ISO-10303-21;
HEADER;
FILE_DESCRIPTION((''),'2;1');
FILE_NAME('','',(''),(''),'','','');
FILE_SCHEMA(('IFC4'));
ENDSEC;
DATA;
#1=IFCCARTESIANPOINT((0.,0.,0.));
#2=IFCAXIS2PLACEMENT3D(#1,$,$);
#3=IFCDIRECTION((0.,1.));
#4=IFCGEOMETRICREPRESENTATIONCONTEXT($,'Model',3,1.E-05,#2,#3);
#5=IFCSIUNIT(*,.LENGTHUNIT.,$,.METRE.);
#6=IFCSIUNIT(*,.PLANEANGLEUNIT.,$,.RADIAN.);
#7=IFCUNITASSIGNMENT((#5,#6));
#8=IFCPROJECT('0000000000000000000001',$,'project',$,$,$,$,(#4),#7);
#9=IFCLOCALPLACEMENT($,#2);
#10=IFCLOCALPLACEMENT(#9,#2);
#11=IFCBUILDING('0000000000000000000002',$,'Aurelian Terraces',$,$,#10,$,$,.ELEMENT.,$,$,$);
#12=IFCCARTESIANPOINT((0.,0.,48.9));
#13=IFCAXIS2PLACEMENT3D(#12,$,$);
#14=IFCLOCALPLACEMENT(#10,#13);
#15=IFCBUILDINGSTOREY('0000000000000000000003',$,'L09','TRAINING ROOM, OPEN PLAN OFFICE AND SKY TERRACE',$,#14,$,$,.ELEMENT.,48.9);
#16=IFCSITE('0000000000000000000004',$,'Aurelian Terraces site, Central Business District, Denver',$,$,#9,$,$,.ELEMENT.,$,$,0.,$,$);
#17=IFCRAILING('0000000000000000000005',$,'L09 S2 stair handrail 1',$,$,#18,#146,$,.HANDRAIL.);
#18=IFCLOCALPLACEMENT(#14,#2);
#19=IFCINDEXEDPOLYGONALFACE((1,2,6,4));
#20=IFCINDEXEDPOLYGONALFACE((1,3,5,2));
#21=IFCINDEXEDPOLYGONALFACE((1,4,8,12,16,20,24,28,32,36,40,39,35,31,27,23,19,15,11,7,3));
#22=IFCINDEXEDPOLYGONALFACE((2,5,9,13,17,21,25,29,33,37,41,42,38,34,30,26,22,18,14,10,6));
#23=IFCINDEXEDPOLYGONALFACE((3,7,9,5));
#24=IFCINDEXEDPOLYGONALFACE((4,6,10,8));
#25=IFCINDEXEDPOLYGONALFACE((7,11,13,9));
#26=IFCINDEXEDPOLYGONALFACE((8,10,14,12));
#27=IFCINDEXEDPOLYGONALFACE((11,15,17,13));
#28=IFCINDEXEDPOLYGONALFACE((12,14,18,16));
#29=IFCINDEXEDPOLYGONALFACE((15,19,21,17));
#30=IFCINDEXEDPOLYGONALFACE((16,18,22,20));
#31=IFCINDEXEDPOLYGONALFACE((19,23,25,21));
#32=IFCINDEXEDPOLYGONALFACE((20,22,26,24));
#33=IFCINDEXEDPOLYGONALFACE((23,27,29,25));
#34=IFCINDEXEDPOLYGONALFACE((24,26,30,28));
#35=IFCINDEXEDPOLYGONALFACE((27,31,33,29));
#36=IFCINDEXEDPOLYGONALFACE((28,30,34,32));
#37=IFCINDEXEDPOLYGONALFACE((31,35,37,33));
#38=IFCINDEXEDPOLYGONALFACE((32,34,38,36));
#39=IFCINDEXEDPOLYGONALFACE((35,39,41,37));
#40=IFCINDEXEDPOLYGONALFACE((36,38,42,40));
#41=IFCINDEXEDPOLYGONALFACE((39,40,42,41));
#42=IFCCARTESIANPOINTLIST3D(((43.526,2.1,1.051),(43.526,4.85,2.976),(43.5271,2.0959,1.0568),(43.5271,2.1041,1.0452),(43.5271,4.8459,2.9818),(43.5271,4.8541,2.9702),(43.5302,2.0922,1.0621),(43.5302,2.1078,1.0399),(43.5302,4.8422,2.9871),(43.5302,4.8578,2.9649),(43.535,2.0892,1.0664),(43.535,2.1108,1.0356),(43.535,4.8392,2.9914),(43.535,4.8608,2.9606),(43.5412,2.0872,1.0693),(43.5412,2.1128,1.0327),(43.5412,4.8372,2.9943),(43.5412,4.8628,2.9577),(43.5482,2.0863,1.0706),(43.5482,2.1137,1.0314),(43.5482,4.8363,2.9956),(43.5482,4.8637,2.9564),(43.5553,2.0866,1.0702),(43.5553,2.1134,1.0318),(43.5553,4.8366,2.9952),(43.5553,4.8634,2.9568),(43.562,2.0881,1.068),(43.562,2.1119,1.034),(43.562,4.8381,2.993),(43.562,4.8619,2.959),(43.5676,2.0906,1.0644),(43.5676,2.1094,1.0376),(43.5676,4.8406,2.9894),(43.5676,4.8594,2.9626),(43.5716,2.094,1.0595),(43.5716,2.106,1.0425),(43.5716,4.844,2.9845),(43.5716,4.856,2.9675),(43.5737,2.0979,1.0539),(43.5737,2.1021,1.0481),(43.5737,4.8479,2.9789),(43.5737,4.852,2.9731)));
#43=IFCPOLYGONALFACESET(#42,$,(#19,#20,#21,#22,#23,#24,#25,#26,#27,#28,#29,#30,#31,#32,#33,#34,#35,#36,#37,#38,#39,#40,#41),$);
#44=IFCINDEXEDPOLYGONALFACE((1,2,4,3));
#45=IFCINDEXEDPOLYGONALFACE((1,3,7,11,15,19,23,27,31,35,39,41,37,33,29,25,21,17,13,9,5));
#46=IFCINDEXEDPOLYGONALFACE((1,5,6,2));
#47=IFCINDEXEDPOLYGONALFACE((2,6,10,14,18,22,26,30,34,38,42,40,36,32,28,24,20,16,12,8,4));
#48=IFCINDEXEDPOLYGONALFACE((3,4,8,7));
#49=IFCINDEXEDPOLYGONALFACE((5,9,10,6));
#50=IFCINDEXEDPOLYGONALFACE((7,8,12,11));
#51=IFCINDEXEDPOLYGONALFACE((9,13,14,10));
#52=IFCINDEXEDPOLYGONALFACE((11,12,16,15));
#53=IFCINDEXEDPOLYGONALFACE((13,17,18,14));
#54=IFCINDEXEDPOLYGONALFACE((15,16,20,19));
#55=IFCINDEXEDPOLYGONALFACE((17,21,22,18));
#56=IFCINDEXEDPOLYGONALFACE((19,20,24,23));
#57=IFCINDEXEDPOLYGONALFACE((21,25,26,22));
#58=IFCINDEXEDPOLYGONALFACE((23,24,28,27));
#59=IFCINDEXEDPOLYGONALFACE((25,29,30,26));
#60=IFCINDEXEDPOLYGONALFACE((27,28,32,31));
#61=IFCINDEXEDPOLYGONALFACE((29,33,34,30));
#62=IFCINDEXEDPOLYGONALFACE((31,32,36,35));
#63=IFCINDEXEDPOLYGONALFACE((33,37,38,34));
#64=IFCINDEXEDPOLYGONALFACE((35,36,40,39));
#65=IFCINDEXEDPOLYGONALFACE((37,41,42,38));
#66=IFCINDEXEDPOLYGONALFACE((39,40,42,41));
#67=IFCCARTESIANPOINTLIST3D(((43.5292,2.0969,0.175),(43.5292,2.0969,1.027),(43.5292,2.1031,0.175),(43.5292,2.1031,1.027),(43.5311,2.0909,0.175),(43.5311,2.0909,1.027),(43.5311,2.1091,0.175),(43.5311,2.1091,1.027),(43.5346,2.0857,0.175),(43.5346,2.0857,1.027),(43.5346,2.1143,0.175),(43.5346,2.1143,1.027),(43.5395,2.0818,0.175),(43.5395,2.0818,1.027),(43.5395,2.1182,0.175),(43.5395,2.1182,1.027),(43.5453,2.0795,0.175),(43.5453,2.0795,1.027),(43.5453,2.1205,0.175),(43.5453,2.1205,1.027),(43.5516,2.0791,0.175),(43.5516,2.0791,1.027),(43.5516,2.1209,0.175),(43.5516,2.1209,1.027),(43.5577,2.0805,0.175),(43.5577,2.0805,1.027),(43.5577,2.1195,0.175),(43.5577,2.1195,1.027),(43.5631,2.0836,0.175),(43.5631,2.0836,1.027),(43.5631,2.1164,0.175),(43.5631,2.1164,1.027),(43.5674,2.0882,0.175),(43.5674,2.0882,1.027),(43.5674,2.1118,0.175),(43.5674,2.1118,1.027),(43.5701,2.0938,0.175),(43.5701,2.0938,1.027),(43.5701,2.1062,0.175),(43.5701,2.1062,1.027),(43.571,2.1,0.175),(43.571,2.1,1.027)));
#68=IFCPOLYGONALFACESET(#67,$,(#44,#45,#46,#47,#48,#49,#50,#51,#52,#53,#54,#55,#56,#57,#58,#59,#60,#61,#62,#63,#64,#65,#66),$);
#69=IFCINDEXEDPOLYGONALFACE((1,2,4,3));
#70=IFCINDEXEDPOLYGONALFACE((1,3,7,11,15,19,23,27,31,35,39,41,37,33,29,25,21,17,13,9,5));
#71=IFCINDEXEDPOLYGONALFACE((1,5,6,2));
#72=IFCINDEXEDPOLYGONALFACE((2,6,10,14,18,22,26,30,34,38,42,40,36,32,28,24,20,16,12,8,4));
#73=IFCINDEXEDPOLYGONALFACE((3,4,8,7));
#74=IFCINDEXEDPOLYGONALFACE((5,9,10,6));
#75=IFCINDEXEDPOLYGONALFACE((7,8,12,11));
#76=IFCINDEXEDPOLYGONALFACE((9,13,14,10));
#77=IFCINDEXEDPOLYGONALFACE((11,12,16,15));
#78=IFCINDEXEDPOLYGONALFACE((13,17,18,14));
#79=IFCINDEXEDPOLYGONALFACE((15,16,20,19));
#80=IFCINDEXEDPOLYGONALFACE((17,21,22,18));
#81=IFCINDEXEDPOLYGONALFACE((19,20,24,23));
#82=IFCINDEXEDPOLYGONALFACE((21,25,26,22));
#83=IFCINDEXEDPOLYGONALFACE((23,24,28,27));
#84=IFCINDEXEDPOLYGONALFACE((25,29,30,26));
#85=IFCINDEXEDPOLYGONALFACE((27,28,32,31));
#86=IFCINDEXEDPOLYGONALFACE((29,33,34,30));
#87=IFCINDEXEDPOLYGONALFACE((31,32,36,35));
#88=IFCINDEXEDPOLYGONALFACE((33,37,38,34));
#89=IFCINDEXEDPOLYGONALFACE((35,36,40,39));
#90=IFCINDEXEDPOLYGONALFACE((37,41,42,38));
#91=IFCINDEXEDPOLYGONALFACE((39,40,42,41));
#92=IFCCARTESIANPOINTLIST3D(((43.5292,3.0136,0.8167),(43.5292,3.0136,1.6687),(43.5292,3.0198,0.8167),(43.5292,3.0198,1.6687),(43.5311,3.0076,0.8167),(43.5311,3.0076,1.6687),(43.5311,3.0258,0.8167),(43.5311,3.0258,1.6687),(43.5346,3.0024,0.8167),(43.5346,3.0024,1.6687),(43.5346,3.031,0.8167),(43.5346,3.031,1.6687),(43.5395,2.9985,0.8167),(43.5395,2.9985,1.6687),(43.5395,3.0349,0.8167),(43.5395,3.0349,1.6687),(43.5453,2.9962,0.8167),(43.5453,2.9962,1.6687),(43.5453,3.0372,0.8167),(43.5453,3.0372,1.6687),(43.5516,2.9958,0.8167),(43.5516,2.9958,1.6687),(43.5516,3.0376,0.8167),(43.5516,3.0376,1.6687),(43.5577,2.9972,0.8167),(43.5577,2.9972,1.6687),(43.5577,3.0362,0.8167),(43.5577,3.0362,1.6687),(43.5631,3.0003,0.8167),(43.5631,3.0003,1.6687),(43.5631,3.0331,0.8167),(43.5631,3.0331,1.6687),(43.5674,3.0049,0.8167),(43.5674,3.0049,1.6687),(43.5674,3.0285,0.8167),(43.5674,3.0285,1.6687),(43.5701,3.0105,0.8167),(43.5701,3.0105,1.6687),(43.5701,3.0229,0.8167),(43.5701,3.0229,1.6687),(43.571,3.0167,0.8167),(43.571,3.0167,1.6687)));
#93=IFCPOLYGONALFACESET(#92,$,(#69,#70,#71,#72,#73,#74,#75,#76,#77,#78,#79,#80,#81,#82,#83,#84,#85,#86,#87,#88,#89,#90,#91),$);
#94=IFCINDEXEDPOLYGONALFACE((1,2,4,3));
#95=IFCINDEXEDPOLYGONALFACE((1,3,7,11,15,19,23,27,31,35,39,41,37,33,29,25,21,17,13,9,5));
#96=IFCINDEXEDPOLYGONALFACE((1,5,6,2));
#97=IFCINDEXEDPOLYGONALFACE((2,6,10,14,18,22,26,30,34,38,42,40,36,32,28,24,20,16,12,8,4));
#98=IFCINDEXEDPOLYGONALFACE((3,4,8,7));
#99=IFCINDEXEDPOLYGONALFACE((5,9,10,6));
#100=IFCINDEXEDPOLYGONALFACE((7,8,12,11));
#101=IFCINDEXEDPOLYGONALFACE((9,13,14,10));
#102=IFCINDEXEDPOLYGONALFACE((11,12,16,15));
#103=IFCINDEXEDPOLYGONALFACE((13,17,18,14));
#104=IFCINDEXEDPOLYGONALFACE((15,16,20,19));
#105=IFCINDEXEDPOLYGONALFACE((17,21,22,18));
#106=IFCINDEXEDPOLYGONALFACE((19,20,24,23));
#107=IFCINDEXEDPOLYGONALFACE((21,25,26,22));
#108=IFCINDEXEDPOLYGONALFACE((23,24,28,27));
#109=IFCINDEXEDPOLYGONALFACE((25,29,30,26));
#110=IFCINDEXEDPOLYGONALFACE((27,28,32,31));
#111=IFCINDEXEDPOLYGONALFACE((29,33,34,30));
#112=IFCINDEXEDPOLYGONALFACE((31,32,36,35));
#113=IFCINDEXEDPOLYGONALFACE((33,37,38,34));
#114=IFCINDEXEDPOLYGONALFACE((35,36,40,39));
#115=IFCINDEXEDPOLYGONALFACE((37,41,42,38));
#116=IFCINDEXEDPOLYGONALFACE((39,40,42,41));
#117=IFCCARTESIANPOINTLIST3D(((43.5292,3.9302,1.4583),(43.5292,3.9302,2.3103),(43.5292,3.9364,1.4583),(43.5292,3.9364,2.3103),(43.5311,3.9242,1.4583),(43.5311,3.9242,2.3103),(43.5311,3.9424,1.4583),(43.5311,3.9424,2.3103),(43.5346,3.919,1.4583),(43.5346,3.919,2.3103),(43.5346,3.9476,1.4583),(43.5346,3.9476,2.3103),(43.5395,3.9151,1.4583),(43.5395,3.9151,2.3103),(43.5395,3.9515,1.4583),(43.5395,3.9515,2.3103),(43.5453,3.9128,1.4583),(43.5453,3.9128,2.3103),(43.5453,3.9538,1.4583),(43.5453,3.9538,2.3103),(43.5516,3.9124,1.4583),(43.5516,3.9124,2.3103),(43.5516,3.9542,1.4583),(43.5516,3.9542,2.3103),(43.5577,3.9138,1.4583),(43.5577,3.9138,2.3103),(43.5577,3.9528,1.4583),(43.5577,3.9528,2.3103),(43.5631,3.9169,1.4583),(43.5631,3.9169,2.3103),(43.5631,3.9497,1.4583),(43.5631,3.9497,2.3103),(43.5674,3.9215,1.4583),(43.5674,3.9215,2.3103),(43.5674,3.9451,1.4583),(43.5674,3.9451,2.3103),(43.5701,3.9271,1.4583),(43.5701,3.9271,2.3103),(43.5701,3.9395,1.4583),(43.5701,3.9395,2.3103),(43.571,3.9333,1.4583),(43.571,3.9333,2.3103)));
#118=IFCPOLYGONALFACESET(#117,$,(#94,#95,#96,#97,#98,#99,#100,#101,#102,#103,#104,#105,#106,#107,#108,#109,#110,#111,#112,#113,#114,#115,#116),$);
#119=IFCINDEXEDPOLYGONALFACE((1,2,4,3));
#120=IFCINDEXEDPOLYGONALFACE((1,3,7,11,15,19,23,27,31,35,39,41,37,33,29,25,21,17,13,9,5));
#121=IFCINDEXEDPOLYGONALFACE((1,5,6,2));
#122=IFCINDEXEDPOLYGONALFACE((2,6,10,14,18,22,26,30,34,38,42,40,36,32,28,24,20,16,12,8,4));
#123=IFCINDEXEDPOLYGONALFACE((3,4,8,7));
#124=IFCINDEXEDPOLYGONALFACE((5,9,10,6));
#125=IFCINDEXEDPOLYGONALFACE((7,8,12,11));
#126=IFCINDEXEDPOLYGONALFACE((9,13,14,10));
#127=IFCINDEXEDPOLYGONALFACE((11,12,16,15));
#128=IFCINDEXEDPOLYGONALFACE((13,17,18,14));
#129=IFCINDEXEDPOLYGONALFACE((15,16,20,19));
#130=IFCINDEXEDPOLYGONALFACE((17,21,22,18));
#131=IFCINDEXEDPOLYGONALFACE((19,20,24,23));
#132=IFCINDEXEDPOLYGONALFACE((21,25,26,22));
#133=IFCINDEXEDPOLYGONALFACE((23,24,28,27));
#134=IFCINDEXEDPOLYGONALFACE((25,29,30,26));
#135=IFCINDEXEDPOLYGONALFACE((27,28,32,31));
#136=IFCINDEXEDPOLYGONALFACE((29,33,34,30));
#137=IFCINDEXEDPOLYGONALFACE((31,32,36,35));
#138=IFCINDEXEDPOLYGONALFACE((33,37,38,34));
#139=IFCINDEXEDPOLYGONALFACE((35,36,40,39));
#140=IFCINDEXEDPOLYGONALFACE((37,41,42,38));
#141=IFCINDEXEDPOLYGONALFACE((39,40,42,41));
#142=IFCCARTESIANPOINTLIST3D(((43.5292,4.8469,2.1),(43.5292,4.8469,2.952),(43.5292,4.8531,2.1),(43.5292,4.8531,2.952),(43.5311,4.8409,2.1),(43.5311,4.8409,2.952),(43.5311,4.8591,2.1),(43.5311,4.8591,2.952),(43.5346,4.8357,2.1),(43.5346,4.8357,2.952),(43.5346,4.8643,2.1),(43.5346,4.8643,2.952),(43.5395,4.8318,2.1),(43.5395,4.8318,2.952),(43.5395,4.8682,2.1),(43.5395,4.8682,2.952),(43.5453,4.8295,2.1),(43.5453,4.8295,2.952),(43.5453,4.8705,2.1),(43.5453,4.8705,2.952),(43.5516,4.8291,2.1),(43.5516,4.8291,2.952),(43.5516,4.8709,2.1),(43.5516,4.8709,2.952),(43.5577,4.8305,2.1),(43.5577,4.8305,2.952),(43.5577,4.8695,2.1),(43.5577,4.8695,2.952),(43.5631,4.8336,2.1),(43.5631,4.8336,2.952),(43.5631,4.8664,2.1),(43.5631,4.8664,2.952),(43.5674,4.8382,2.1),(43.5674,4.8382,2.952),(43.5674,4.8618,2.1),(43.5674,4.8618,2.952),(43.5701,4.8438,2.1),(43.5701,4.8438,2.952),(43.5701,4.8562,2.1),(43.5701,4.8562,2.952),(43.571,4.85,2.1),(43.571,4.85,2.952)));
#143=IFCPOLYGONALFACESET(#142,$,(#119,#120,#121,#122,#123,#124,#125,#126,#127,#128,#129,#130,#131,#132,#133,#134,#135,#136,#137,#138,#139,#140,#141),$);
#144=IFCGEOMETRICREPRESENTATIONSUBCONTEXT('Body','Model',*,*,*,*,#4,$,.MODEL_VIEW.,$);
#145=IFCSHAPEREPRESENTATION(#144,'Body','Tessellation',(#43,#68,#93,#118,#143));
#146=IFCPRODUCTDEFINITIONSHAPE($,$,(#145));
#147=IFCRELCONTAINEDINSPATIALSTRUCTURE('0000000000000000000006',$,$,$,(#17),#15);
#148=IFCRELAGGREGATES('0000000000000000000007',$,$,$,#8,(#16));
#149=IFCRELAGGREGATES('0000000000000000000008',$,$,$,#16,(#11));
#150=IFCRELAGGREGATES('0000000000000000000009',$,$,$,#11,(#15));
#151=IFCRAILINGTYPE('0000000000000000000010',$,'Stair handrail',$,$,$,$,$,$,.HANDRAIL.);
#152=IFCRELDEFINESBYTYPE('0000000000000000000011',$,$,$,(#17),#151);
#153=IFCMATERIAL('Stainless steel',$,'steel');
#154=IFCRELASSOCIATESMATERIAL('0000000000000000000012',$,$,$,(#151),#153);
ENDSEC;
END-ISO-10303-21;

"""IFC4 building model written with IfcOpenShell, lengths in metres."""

from ifc_helpers import new_model, si_unit, direction, frame, origin, origin_2d, place, context, subcontext, project, spatial, circle, extrude, source, transform, mapped, material, type_object, element, save


model = new_model("IFC4")

# Units and contexts
model_context = context("Model", 3, precision=1e-05, world=origin(), true_north=direction((0.0, 1.0)))
body_context = subcontext(model_context, "Body", "Model", "MODEL_VIEW")
ifc_project = project(units=[si_unit("LENGTHUNIT", "METRE"), si_unit("PLANEANGLEUNIT", "RADIAN")], contexts=[model_context])

# Site, building, storey
site_placement = place(None, origin())
site = spatial("IfcSite", under=ifc_project, at=site_placement, Name="Aurelian Terraces site, Central Business District, Denver", CompositionType="ELEMENT", RefElevation=0.0)
building_placement = place(site_placement, origin())
building = spatial("IfcBuilding", under=site, at=building_placement, Name="Aurelian Terraces", CompositionType="ELEMENT")
storey_placement = place(building_placement, frame((0.0, 0.0, 48.9)))
storey = spatial("IfcBuildingStorey", under=building, at=storey_placement, Name="L09", Description="TRAINING ROOM, OPEN PLAN OFFICE AND SKY TERRACE", CompositionType="ELEMENT", Elevation=48.9)

# Railing
ifc_material_1 = material(Name="Stainless steel", Category="steel")
railing_type_1 = type_object("IfcRailingType", Name="Stair handrail", PredefinedType="HANDRAIL", material=ifc_material_1)
shared_shape_1 = source(origin(), body_context, "Body", "SweptSolid", [
    extrude(circle(Radius=0.024, at=origin_2d()), frame((0.0, 0.0, 0.876), z_axis=(0.0, 0.819232, 0.573462), x_axis=(-1.0, 0.0, 0.0)), (0.0, 0.0, 1.0), 3.3568),
    extrude(circle(Radius=0.021, at=origin_2d()), origin(), (0.0, 0.0, 1.0), 0.852),
    extrude(circle(Radius=0.021, at=origin_2d()), frame((0.0, 0.9167, 0.6417)), (0.0, 0.0, 1.0), 0.852),
    extrude(circle(Radius=0.021, at=origin_2d()), frame((0.0, 1.8333, 1.2833)), (0.0, 0.0, 1.0), 0.852),
    extrude(circle(Radius=0.021, at=origin_2d()), frame((0.0, 2.75, 1.925)), (0.0, 0.0, 1.0), 0.852),
])
railing_1_placement = place(storey_placement, frame((43.55, 2.1, 0.175)))
element("IfcRailing", 1, at=railing_1_placement, inside=storey, type_object=railing_type_1, Name="L09 S2 stair handrail 1", PredefinedType="HANDRAIL", context=body_context, shape_type="MappedRepresentation", body=[
    mapped(shared_shape_1, transform((0.0, 0.0, 0.0), scale=1.0)),
])

save(model, "model.ifc")
